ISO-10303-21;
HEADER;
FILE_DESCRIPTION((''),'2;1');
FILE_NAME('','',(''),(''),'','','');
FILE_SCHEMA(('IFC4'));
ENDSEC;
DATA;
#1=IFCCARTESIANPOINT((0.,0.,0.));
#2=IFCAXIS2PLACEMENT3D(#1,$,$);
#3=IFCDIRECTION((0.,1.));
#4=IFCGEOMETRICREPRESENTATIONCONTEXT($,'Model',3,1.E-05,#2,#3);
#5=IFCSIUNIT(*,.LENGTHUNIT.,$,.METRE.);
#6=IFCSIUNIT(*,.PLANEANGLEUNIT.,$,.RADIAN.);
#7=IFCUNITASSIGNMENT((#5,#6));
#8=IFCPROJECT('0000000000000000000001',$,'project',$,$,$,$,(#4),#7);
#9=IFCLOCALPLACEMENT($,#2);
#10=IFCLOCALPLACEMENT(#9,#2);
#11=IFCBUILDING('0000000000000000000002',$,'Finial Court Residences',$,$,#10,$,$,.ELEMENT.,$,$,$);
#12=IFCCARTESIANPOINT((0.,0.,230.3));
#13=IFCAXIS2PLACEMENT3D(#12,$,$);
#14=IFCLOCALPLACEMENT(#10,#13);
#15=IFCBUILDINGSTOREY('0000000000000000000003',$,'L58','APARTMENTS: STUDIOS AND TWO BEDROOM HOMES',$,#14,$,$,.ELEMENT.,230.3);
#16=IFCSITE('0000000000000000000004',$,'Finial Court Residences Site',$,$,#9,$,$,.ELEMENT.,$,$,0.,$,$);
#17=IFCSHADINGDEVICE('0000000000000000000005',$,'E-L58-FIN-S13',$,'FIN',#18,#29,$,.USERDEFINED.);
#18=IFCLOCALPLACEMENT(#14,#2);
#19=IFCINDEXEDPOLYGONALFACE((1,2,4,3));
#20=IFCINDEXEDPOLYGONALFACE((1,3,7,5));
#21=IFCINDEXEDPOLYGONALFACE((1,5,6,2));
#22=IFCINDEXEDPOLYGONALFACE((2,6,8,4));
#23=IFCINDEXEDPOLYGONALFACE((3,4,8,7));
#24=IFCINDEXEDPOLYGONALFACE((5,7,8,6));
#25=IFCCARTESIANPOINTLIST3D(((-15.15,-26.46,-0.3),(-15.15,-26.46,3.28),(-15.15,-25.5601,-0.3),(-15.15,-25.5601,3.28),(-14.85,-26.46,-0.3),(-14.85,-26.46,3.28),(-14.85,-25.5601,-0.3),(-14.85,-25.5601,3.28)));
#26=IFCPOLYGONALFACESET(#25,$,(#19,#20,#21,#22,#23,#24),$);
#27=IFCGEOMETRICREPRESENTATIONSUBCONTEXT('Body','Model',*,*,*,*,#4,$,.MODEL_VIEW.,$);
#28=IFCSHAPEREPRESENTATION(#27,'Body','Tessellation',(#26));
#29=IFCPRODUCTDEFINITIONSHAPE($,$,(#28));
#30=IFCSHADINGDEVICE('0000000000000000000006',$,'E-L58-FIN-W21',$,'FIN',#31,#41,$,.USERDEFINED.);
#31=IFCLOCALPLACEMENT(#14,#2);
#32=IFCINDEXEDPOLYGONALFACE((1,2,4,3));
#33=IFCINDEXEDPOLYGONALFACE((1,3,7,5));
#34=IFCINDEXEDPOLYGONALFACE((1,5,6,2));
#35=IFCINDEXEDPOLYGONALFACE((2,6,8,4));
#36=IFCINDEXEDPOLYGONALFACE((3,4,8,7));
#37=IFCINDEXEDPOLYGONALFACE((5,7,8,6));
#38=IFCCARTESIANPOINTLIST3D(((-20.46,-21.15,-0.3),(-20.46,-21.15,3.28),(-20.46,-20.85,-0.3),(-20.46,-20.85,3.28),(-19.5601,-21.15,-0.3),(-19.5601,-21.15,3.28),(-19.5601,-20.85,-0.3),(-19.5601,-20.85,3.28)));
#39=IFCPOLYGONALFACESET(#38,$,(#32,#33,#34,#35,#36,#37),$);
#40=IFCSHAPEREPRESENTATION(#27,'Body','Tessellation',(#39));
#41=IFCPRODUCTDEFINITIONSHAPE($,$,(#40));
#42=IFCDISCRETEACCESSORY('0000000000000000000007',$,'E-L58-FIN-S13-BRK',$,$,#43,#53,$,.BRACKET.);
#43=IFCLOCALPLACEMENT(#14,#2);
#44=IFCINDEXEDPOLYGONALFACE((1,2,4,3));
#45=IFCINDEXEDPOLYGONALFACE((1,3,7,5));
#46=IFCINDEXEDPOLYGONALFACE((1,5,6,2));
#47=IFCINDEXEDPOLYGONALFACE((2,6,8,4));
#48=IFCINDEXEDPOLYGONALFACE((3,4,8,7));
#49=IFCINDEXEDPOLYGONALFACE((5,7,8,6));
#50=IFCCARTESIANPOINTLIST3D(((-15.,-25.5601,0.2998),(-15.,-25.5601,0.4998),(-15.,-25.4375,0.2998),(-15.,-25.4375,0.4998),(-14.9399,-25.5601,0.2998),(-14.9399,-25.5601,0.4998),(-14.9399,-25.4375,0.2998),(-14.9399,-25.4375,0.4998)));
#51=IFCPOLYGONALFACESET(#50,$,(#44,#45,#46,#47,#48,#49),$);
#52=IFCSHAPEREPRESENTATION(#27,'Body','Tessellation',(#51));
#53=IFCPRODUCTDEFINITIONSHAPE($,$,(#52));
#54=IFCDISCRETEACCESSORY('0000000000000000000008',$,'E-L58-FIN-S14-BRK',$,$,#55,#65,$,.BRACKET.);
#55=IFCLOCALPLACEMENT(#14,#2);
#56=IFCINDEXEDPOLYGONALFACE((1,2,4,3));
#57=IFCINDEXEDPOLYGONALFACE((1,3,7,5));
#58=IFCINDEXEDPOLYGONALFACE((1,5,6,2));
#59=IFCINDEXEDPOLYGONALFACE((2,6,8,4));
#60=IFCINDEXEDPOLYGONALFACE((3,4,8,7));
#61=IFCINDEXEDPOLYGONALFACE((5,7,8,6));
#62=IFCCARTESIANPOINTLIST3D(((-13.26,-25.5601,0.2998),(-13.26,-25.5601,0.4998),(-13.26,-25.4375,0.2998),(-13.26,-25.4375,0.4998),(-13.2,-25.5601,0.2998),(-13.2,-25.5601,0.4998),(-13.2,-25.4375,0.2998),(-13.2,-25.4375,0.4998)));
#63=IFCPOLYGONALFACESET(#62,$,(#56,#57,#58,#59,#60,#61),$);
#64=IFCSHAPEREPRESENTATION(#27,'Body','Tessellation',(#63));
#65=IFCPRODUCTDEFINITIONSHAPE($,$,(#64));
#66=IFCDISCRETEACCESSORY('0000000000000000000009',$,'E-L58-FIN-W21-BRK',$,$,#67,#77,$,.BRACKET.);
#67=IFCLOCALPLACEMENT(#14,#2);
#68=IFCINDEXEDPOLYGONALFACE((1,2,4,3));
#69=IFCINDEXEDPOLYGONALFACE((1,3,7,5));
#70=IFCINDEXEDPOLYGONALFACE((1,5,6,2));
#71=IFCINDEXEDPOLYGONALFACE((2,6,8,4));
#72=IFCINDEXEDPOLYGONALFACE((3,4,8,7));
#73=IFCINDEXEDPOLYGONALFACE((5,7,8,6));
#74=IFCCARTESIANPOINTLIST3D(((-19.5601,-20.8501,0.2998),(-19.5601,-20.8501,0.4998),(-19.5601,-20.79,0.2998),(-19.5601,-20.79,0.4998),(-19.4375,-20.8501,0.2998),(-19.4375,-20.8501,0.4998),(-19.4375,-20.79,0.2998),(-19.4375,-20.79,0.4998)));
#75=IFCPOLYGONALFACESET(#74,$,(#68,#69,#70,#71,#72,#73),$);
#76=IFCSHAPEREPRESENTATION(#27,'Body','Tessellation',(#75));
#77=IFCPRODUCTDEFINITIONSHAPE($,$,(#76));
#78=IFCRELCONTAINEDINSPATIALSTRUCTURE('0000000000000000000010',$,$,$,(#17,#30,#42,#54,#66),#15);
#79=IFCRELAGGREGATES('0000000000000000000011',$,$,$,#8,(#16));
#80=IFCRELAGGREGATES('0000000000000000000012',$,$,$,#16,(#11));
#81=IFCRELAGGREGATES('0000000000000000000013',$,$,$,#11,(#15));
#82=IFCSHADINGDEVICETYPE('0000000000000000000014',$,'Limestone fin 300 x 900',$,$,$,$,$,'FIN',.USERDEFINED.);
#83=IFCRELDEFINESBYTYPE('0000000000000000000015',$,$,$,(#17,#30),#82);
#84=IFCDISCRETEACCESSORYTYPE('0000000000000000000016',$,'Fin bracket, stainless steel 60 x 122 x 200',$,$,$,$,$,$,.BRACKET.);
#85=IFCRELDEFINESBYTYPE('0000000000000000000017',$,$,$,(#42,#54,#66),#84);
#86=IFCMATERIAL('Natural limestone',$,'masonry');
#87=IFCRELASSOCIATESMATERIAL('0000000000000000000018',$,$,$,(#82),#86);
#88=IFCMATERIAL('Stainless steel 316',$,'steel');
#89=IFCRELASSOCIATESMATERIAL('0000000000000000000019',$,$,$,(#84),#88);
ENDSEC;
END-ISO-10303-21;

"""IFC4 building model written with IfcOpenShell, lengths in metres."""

from ifc_helpers import new_model, si_unit, direction, frame, origin, origin_2d, place, context, subcontext, project, spatial, rectangle, extrude, material, type_object, element, save


model = new_model("IFC4")

# Units and contexts
model_context = context("Model", 3, precision=1e-05, world=origin(), true_north=direction((0.0, 1.0)))
body_context = subcontext(model_context, "Body", "Model", "MODEL_VIEW")
ifc_project = project(units=[si_unit("LENGTHUNIT", "METRE"), si_unit("PLANEANGLEUNIT", "RADIAN")], contexts=[model_context])

# Site, building, storey
site_placement = place(None, origin())
site = spatial("IfcSite", under=ifc_project, at=site_placement, Name="Finial Court Residences Site", CompositionType="ELEMENT", RefElevation=0.0)
building_placement = place(site_placement, origin())
building = spatial("IfcBuilding", under=site, at=building_placement, Name="Finial Court Residences", CompositionType="ELEMENT")
storey_placement = place(building_placement, frame((0.0, 0.0, 230.3)))
storey = spatial("IfcBuildingStorey", under=building, at=storey_placement, Name="L58", Description="APARTMENTS: STUDIOS AND TWO BEDROOM HOMES", CompositionType="ELEMENT", Elevation=230.3)

# Shared definitions
ifc_material_1 = material(Name="Natural limestone", Category="masonry")

# Shading devices
shading_device_type = type_object("IfcShadingDeviceType", Name="Limestone fin 300 x 900", ElementType="FIN", PredefinedType="USERDEFINED", material=ifc_material_1)
shading_device_1_placement = place(storey_placement, frame((-15.0, -26.01, -0.3), z_axis=(0.0, 0.0, 1.0), x_axis=(1.0, 0.0, 0.0)))
element("IfcShadingDevice", 1, at=shading_device_1_placement, inside=storey, type_object=shading_device_type, Name="E-L58-FIN-S13", ObjectType="FIN", PredefinedType="USERDEFINED", context=body_context, shape_type="SweptSolid", body=[
    extrude(rectangle(XDim=0.3, YDim=0.8999, at=origin_2d()), origin(), (0.0, 0.0, 1.0), 3.5801),
])
shading_device_2_placement = place(storey_placement, frame((-20.01, -21.0, -0.3), z_axis=(0.0, 0.0, 1.0), x_axis=(1.0, 0.0, 0.0)))
element("IfcShadingDevice", 2, at=shading_device_2_placement, inside=storey, type_object=shading_device_type, Name="E-L58-FIN-W21", ObjectType="FIN", PredefinedType="USERDEFINED", context=body_context, shape_type="SweptSolid", body=[
    extrude(rectangle(XDim=0.8999, YDim=0.3, at=origin_2d()), origin(), (0.0, 0.0, 1.0), 3.5801),
])

# Discrete accessories
ifc_material_2 = material(Name="Stainless steel 316", Category="steel")
discrete_accessory_type = type_object("IfcDiscreteAccessoryType", Name="Fin bracket, stainless steel 60 x 122 x 200", PredefinedType="BRACKET", material=ifc_material_2)
for number, where, z_axis, x_axis, name in (
    (3, (-14.97, -25.4988, 0.2998), (0.0, 0.0, 1.0), (1.0, 0.0, 0.0), "E-L58-FIN-S13-BRK"),
    (4, (-13.23, -25.4988, 0.2998), (0.0, 0.0, 1.0), (1.0, 0.0, 0.0), "E-L58-FIN-S14-BRK"),
):
    element("IfcDiscreteAccessory", number, at=place(storey_placement, frame(where, z_axis=z_axis, x_axis=x_axis)), inside=storey, type_object=discrete_accessory_type, Name=name, PredefinedType="BRACKET", context=body_context, shape_type="SweptSolid", body=[
        extrude(rectangle(XDim=0.0601, YDim=0.1226, at=origin_2d()), origin(), (0.0, 0.0, 1.0), 0.2),
    ])
discrete_accessory_placement = place(storey_placement, frame((-19.4988, -20.8201, 0.2998), z_axis=(0.0, 0.0, 1.0), x_axis=(1.0, 0.0, 0.0)))
element("IfcDiscreteAccessory", 5, at=discrete_accessory_placement, inside=storey, type_object=discrete_accessory_type, Name="E-L58-FIN-W21-BRK", PredefinedType="BRACKET", context=body_context, shape_type="SweptSolid", body=[
    extrude(rectangle(XDim=0.1226, YDim=0.0601, at=origin_2d()), origin(), (0.0, 0.0, 1.0), 0.2),
])

save(model, "model.ifc")
